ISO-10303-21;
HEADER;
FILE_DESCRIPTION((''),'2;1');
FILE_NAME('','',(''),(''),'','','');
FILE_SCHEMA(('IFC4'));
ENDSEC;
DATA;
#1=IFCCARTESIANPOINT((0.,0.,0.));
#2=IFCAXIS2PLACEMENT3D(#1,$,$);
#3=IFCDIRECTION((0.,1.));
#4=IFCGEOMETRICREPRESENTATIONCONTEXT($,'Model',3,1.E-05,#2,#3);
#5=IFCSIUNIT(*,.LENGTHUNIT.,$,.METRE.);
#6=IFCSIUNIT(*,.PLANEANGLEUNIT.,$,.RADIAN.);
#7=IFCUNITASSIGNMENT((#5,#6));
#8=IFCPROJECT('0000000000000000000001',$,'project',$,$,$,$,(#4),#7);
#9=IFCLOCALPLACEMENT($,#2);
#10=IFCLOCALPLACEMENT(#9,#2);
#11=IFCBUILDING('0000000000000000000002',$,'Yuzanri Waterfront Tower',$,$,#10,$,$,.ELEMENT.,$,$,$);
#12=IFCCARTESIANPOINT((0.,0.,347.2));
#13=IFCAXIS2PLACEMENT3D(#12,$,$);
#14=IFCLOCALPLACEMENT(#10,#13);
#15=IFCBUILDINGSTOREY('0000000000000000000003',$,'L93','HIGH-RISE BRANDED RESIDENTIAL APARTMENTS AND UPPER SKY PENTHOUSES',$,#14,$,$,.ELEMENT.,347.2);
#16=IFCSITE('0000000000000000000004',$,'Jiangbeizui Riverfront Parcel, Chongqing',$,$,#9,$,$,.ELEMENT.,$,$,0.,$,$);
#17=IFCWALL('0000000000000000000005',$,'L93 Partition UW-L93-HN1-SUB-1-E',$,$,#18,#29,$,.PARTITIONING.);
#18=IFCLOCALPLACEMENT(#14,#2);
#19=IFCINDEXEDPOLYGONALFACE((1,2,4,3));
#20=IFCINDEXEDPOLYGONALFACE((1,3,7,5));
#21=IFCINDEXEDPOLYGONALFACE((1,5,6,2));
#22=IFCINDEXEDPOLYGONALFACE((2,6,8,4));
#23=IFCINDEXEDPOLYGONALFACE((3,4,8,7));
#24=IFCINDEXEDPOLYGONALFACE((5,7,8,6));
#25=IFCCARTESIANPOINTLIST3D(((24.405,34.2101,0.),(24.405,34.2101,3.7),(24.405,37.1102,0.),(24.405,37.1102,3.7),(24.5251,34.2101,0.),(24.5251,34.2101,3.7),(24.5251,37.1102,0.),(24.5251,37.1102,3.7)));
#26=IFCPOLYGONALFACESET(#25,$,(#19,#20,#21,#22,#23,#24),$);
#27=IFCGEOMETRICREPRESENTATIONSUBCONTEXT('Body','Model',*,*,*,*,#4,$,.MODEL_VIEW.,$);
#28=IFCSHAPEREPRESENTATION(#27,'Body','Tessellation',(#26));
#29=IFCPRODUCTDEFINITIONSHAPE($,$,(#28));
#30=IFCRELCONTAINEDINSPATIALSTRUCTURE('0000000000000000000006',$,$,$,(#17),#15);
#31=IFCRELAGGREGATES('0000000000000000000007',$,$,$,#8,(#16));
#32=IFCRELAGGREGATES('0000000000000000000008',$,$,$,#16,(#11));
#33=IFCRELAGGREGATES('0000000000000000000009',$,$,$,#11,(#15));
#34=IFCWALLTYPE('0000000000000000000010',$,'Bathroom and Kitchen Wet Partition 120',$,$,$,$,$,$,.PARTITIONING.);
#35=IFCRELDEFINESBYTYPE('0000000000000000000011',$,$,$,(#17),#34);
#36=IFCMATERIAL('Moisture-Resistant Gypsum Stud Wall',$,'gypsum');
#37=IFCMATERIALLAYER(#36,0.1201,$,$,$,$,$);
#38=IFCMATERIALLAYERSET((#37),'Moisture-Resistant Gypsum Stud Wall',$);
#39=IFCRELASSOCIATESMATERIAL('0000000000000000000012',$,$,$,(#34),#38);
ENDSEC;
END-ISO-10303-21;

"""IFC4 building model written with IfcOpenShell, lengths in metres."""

from ifc_helpers import new_model, si_unit, direction, frame, frame_2d, origin, place, context, subcontext, project, spatial, rectangle, extrude, source, transform, mapped, material, layer, layer_set, type_object, element, save


model = new_model("IFC4")

# Units and contexts
model_context = context("Model", 3, precision=1e-05, world=origin(), true_north=direction((0.0, 1.0)))
body_context = subcontext(model_context, "Body", "Model", "MODEL_VIEW")
ifc_project = project(units=[si_unit("LENGTHUNIT", "METRE"), si_unit("PLANEANGLEUNIT", "RADIAN")], contexts=[model_context])

# Site, building, storey
site_placement = place(None, origin())
site = spatial("IfcSite", under=ifc_project, at=site_placement, Name="Jiangbeizui Riverfront Parcel, Chongqing", CompositionType="ELEMENT", RefElevation=0.0)
building_placement = place(site_placement, origin())
building = spatial("IfcBuilding", under=site, at=building_placement, Name="Yuzanri Waterfront Tower", CompositionType="ELEMENT")
storey_placement = place(building_placement, frame((0.0, 0.0, 347.2)))
storey = spatial("IfcBuildingStorey", under=building, at=storey_placement, Name="L93", Description="HIGH-RISE BRANDED RESIDENTIAL APARTMENTS AND UPPER SKY PENTHOUSES", CompositionType="ELEMENT", Elevation=347.2)

# Shared definitions
ifc_material_1 = material(Name="Moisture-Resistant Gypsum Stud Wall", Category="gypsum")
ifc_layer_1 = layer(ifc_material_1, 0.1201)
ifc_layer_set_1 = layer_set([ifc_layer_1], Name="Moisture-Resistant Gypsum Stud Wall")
wall_type_1 = type_object("IfcWallType", Name="Bathroom and Kitchen Wet Partition 120", PredefinedType="PARTITIONING", material=ifc_layer_set_1)

# Wall
shared_shape_1 = source(origin(), body_context, "Body", "SweptSolid", [
    extrude(rectangle(XDim=2.9001, YDim=0.1201, at=frame_2d((1.4502, 0.0))), origin(), (0.0, 0.0, 1.0), 3.7),
])
wall_1_placement = place(storey_placement, frame((24.4651, 34.21, 0.0), z_axis=(0.0, 0.0, 1.0), x_axis=(0.0, 1.0, 0.0)))
element("IfcWall", 1, at=wall_1_placement, inside=storey, type_object=wall_type_1, Name="L93 Partition UW-L93-HN1-SUB-1-E", PredefinedType="PARTITIONING", context=body_context, shape_type="MappedRepresentation", body=[
    mapped(shared_shape_1, transform((0.0, 0.0, 0.0), scale=1.0)),
])

save(model, "model.ifc")
